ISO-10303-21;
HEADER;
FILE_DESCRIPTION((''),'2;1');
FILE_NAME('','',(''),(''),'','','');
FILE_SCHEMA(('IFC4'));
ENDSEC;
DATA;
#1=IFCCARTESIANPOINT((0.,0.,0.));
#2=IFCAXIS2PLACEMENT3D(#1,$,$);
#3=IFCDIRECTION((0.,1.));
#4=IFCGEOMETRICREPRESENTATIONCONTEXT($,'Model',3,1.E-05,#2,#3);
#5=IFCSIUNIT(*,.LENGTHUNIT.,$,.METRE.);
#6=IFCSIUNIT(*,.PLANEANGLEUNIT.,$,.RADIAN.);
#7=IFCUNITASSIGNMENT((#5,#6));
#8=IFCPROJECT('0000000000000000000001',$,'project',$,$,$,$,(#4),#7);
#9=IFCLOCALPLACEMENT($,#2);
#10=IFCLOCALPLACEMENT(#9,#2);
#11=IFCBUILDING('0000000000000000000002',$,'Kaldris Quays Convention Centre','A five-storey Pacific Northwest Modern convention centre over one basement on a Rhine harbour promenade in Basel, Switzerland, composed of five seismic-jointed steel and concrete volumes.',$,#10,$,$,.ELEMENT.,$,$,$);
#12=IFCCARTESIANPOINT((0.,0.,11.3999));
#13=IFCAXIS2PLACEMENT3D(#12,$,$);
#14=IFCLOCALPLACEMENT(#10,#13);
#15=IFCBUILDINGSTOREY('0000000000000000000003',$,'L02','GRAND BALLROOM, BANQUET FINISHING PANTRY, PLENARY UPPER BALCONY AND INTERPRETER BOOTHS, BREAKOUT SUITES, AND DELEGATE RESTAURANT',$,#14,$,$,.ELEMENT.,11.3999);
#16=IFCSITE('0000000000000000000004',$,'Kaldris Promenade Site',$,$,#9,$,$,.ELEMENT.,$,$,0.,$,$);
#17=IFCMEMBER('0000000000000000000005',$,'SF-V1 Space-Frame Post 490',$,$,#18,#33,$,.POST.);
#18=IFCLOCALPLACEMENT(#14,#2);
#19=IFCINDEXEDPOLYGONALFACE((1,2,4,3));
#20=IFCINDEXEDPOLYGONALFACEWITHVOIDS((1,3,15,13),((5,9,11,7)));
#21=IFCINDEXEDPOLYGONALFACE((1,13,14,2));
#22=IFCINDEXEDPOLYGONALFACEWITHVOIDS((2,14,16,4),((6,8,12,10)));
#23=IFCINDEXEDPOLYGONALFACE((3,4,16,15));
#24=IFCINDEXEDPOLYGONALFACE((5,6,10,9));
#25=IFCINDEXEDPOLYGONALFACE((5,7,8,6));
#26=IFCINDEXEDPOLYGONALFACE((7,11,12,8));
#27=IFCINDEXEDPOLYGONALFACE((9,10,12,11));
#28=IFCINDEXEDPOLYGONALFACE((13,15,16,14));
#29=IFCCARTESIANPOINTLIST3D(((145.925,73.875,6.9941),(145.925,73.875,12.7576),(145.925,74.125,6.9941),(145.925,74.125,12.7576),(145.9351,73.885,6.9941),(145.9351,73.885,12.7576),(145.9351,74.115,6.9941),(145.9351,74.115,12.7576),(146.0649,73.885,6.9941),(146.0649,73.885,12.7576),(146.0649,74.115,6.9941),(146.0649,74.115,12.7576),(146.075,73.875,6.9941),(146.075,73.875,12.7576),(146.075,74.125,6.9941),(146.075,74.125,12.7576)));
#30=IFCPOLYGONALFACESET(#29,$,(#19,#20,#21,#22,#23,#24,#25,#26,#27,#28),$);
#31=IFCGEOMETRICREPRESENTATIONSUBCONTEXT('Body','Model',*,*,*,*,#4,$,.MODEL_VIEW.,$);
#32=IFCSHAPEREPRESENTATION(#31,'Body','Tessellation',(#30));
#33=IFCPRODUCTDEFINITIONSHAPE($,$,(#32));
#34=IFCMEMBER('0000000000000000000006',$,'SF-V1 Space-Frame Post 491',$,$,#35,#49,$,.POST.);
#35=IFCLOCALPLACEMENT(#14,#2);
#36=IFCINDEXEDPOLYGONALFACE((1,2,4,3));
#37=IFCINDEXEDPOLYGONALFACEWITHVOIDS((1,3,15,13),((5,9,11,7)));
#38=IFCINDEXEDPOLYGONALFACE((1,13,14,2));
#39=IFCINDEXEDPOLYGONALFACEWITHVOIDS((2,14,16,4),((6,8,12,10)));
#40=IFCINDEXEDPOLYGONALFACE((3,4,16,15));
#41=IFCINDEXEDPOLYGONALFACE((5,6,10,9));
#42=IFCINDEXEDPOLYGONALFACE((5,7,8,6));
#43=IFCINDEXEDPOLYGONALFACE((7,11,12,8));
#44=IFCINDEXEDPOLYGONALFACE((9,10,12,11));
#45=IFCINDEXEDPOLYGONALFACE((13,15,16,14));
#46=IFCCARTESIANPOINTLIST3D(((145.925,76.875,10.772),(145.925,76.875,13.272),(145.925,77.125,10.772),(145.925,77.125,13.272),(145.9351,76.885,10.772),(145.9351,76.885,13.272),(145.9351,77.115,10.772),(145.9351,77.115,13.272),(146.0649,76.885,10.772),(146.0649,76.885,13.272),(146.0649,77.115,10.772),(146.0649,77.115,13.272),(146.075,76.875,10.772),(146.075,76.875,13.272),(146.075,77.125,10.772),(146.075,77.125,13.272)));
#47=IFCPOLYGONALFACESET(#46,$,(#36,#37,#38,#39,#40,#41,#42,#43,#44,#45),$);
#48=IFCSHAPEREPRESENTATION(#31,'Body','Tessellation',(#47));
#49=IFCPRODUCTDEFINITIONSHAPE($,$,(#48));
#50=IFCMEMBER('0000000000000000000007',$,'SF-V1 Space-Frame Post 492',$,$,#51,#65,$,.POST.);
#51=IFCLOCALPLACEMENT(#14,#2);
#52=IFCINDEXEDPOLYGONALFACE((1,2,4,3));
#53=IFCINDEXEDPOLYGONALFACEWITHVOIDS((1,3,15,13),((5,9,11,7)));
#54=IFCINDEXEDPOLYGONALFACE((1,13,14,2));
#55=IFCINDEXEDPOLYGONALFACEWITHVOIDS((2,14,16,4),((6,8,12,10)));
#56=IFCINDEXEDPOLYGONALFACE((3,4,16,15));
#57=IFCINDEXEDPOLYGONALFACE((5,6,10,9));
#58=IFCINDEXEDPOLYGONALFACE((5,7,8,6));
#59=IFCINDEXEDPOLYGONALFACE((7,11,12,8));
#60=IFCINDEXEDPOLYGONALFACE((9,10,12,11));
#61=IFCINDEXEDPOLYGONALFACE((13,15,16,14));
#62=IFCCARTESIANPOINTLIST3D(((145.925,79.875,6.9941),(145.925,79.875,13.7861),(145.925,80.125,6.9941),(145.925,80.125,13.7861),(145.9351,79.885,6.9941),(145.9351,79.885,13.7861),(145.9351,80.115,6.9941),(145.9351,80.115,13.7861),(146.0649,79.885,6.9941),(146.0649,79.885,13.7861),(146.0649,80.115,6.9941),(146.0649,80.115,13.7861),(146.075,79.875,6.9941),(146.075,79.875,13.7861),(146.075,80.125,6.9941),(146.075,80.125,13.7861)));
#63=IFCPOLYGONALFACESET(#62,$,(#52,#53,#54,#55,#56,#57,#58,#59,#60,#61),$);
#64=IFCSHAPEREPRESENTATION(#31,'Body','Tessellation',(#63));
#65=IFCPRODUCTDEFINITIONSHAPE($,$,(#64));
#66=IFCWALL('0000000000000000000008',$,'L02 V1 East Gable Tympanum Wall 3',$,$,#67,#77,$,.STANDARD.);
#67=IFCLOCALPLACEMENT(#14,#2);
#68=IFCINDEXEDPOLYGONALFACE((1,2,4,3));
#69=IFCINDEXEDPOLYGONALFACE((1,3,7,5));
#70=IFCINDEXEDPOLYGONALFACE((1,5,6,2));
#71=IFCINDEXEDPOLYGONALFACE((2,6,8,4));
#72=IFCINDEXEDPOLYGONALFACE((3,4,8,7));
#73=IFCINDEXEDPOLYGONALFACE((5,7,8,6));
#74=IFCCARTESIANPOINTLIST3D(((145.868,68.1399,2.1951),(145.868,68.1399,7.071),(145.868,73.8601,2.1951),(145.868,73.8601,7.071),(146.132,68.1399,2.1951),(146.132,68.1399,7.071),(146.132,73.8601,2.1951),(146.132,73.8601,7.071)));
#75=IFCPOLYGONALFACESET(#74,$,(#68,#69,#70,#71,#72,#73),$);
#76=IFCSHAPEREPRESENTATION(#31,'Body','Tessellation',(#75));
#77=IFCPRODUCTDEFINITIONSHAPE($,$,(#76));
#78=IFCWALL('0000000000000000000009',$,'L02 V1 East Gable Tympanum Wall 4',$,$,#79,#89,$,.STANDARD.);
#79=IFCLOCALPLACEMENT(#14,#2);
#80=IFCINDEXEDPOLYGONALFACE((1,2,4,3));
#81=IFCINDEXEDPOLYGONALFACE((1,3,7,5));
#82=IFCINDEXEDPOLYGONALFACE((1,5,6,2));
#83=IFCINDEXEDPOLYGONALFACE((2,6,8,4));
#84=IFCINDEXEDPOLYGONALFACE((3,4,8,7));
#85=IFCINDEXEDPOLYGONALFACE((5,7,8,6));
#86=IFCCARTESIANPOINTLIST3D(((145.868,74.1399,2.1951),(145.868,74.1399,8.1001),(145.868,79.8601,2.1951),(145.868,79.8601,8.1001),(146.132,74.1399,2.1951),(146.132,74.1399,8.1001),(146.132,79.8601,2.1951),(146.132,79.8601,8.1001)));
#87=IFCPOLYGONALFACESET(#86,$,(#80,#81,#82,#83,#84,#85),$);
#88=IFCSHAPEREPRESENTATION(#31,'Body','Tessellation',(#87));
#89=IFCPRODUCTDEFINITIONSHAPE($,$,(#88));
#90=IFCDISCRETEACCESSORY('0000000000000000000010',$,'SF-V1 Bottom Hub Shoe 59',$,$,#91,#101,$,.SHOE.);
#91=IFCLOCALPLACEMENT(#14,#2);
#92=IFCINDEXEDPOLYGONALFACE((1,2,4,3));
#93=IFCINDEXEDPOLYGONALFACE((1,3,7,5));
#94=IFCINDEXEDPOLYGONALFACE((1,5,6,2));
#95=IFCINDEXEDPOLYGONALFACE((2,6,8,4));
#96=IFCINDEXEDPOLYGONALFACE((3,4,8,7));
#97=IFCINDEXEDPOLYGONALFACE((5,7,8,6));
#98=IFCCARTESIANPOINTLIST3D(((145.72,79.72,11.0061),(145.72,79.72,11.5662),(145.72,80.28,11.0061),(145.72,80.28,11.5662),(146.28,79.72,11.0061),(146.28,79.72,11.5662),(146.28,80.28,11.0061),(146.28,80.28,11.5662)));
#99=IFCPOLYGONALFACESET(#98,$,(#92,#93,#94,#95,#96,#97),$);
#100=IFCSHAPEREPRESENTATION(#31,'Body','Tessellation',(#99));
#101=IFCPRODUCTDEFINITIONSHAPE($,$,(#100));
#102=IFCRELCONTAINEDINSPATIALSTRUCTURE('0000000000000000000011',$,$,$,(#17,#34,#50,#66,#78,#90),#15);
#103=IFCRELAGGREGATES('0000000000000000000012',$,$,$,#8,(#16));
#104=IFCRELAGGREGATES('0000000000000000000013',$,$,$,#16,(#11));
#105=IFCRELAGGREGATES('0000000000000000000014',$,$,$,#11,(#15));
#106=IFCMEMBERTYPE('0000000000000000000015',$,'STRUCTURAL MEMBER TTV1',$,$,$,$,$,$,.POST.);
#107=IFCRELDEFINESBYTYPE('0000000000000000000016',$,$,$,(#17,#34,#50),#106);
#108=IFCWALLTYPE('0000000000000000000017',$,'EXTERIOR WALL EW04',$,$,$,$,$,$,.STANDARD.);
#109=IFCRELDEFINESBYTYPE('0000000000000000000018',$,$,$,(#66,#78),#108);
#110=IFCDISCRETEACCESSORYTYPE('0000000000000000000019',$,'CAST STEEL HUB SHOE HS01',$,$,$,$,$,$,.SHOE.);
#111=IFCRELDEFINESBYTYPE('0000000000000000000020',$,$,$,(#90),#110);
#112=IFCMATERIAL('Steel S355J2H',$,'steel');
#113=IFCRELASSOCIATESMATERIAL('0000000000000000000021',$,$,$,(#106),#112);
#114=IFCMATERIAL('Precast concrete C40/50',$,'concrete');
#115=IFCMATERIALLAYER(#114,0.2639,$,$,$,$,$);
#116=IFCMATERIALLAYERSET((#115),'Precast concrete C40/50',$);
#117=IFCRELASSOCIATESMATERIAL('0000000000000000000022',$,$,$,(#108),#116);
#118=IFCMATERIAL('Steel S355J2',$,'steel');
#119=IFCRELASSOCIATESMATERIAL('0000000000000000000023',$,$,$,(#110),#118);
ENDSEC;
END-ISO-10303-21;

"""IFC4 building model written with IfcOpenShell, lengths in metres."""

from ifc_helpers import new_model, si_unit, direction, frame, frame_2d, origin, origin_2d, place, context, subcontext, project, spatial, rectangle, hollow_rectangle, extrude, material, layer, layer_set, material_profile, profile_set, type_object, element, save


model = new_model("IFC4")

# Units and contexts
model_context = context("Model", 3, precision=1e-05, world=origin(), true_north=direction((0.0, 1.0)))
body_context = subcontext(model_context, "Body", "Model", "MODEL_VIEW")
ifc_project = project(units=[si_unit("LENGTHUNIT", "METRE"), si_unit("PLANEANGLEUNIT", "RADIAN")], contexts=[model_context])

# Site, building, storey
site_placement = place(None, origin())
site = spatial("IfcSite", under=ifc_project, at=site_placement, Name="Kaldris Promenade Site", CompositionType="ELEMENT", RefElevation=0.0)
building_placement = place(site_placement, origin())
building = spatial("IfcBuilding", under=site, at=building_placement, Name="Kaldris Quays Convention Centre", Description="A five-storey Pacific Northwest Modern convention centre over one basement on a Rhine harbour promenade in Basel, Switzerland, composed of five seismic-jointed steel and concrete volumes.", CompositionType="ELEMENT")
storey_placement = place(building_placement, frame((0.0, 0.0, 11.3999)))
storey = spatial("IfcBuildingStorey", under=building, at=storey_placement, Name="L02", Description="GRAND BALLROOM, BANQUET FINISHING PANTRY, PLENARY UPPER BALCONY AND INTERPRETER BOOTHS, BREAKOUT SUITES, AND DELEGATE RESTAURANT", CompositionType="ELEMENT", Elevation=11.3999)

# Shared definitions
ifc_material_1 = material(Name="Steel S355J2", Category="steel")

# Members
ifc_material_2 = material(Name="Steel S355J2H", Category="steel")
ifc_material_profile_1 = material_profile(ifc_material_2, hollow_rectangle(XDim=0.1499, YDim=0.25, WallThickness=0.01, at=origin_2d()), Name="RHS 250x150x10")
ifc_profile_set_1 = profile_set([ifc_material_profile_1], Name="Steel S355J2H")
member_type_1 = type_object("IfcMemberType", Name="STRUCTURAL MEMBER TTV1", PredefinedType="POST", material=ifc_profile_set_1)
member_1_placement = place(storey_placement, frame((146.0, 74.0, 6.9941), z_axis=(0.0, 0.0, 1.0), x_axis=(1.0, 0.0, 0.0)))
element("IfcMember", 1, at=member_1_placement, inside=storey, type_object=member_type_1, Name="SF-V1 Space-Frame Post 490", PredefinedType="POST", context=body_context, shape_type="SweptSolid", body=[
    extrude(hollow_rectangle(XDim=0.1499, YDim=0.25, WallThickness=0.01, at=origin_2d()), origin(), (0.0, 0.0, 1.0), 5.7634),
])
member_2_placement = place(storey_placement, frame((146.0, 77.0, 10.772), z_axis=(0.0, 0.0, 1.0), x_axis=(1.0, 0.0, 0.0)))
element("IfcMember", 2, at=member_2_placement, inside=storey, type_object=member_type_1, Name="SF-V1 Space-Frame Post 491", PredefinedType="POST", context=body_context, shape_type="SweptSolid", body=[
    extrude(hollow_rectangle(XDim=0.1499, YDim=0.25, WallThickness=0.01, at=origin_2d()), origin(), (0.0, 0.0, 1.0), 2.5),
])
member_3_placement = place(storey_placement, frame((146.0, 80.0, 6.9941), z_axis=(0.0, 0.0, 1.0), x_axis=(1.0, 0.0, 0.0)))
element("IfcMember", 3, at=member_3_placement, inside=storey, type_object=member_type_1, Name="SF-V1 Space-Frame Post 492", PredefinedType="POST", context=body_context, shape_type="SweptSolid", body=[
    extrude(hollow_rectangle(XDim=0.1499, YDim=0.25, WallThickness=0.01, at=origin_2d()), origin(), (0.0, 0.0, 1.0), 6.792),
])

# Walls
ifc_material_3 = material(Name="Precast concrete C40/50", Category="concrete")
ifc_layer = layer(ifc_material_3, 0.2639)
ifc_layer_set = layer_set([ifc_layer], Name="Precast concrete C40/50")
wall_type = type_object("IfcWallType", Name="EXTERIOR WALL EW04", PredefinedType="STANDARD", material=ifc_layer_set)
wall_1_placement = place(storey_placement, frame((146.0, 68.1399, 2.1951), z_axis=(0.0, 0.0, 1.0), x_axis=(0.0, 1.0, 0.0)))
element("IfcWall", 4, at=wall_1_placement, inside=storey, type_object=wall_type, Name="L02 V1 East Gable Tympanum Wall 3", PredefinedType="STANDARD", context=body_context, shape_type="SweptSolid", body=[
    extrude(rectangle(XDim=5.7202, YDim=0.2639, at=frame_2d((2.8601, 0.0))), origin(), (0.0, 0.0, 1.0), 4.876),
])
wall_2_placement = place(storey_placement, frame((146.0, 74.1399, 2.1951), z_axis=(0.0, 0.0, 1.0), x_axis=(0.0, 1.0, 0.0)))
element("IfcWall", 5, at=wall_2_placement, inside=storey, type_object=wall_type, Name="L02 V1 East Gable Tympanum Wall 4", PredefinedType="STANDARD", context=body_context, shape_type="SweptSolid", body=[
    extrude(rectangle(XDim=5.7202, YDim=0.2639, at=frame_2d((2.8601, 0.0))), origin(), (0.0, 0.0, 1.0), 5.905),
])

# Discrete accessory
discrete_accessory_type = type_object("IfcDiscreteAccessoryType", Name="CAST STEEL HUB SHOE HS01", PredefinedType="SHOE", material=ifc_material_1)
discrete_accessory_placement = place(storey_placement, frame((146.0, 80.0, 11.0061), z_axis=(0.0, 0.0, 1.0), x_axis=(1.0, 0.0, 0.0)))
element("IfcDiscreteAccessory", 6, at=discrete_accessory_placement, inside=storey, type_object=discrete_accessory_type, Name="SF-V1 Bottom Hub Shoe 59", PredefinedType="SHOE", context=body_context, shape_type="SweptSolid", body=[
    extrude(rectangle(XDim=0.5601, YDim=0.5601, at=origin_2d()), origin(), (0.0, 0.0, 1.0), 0.5601),
])

save(model, "model.ifc")
